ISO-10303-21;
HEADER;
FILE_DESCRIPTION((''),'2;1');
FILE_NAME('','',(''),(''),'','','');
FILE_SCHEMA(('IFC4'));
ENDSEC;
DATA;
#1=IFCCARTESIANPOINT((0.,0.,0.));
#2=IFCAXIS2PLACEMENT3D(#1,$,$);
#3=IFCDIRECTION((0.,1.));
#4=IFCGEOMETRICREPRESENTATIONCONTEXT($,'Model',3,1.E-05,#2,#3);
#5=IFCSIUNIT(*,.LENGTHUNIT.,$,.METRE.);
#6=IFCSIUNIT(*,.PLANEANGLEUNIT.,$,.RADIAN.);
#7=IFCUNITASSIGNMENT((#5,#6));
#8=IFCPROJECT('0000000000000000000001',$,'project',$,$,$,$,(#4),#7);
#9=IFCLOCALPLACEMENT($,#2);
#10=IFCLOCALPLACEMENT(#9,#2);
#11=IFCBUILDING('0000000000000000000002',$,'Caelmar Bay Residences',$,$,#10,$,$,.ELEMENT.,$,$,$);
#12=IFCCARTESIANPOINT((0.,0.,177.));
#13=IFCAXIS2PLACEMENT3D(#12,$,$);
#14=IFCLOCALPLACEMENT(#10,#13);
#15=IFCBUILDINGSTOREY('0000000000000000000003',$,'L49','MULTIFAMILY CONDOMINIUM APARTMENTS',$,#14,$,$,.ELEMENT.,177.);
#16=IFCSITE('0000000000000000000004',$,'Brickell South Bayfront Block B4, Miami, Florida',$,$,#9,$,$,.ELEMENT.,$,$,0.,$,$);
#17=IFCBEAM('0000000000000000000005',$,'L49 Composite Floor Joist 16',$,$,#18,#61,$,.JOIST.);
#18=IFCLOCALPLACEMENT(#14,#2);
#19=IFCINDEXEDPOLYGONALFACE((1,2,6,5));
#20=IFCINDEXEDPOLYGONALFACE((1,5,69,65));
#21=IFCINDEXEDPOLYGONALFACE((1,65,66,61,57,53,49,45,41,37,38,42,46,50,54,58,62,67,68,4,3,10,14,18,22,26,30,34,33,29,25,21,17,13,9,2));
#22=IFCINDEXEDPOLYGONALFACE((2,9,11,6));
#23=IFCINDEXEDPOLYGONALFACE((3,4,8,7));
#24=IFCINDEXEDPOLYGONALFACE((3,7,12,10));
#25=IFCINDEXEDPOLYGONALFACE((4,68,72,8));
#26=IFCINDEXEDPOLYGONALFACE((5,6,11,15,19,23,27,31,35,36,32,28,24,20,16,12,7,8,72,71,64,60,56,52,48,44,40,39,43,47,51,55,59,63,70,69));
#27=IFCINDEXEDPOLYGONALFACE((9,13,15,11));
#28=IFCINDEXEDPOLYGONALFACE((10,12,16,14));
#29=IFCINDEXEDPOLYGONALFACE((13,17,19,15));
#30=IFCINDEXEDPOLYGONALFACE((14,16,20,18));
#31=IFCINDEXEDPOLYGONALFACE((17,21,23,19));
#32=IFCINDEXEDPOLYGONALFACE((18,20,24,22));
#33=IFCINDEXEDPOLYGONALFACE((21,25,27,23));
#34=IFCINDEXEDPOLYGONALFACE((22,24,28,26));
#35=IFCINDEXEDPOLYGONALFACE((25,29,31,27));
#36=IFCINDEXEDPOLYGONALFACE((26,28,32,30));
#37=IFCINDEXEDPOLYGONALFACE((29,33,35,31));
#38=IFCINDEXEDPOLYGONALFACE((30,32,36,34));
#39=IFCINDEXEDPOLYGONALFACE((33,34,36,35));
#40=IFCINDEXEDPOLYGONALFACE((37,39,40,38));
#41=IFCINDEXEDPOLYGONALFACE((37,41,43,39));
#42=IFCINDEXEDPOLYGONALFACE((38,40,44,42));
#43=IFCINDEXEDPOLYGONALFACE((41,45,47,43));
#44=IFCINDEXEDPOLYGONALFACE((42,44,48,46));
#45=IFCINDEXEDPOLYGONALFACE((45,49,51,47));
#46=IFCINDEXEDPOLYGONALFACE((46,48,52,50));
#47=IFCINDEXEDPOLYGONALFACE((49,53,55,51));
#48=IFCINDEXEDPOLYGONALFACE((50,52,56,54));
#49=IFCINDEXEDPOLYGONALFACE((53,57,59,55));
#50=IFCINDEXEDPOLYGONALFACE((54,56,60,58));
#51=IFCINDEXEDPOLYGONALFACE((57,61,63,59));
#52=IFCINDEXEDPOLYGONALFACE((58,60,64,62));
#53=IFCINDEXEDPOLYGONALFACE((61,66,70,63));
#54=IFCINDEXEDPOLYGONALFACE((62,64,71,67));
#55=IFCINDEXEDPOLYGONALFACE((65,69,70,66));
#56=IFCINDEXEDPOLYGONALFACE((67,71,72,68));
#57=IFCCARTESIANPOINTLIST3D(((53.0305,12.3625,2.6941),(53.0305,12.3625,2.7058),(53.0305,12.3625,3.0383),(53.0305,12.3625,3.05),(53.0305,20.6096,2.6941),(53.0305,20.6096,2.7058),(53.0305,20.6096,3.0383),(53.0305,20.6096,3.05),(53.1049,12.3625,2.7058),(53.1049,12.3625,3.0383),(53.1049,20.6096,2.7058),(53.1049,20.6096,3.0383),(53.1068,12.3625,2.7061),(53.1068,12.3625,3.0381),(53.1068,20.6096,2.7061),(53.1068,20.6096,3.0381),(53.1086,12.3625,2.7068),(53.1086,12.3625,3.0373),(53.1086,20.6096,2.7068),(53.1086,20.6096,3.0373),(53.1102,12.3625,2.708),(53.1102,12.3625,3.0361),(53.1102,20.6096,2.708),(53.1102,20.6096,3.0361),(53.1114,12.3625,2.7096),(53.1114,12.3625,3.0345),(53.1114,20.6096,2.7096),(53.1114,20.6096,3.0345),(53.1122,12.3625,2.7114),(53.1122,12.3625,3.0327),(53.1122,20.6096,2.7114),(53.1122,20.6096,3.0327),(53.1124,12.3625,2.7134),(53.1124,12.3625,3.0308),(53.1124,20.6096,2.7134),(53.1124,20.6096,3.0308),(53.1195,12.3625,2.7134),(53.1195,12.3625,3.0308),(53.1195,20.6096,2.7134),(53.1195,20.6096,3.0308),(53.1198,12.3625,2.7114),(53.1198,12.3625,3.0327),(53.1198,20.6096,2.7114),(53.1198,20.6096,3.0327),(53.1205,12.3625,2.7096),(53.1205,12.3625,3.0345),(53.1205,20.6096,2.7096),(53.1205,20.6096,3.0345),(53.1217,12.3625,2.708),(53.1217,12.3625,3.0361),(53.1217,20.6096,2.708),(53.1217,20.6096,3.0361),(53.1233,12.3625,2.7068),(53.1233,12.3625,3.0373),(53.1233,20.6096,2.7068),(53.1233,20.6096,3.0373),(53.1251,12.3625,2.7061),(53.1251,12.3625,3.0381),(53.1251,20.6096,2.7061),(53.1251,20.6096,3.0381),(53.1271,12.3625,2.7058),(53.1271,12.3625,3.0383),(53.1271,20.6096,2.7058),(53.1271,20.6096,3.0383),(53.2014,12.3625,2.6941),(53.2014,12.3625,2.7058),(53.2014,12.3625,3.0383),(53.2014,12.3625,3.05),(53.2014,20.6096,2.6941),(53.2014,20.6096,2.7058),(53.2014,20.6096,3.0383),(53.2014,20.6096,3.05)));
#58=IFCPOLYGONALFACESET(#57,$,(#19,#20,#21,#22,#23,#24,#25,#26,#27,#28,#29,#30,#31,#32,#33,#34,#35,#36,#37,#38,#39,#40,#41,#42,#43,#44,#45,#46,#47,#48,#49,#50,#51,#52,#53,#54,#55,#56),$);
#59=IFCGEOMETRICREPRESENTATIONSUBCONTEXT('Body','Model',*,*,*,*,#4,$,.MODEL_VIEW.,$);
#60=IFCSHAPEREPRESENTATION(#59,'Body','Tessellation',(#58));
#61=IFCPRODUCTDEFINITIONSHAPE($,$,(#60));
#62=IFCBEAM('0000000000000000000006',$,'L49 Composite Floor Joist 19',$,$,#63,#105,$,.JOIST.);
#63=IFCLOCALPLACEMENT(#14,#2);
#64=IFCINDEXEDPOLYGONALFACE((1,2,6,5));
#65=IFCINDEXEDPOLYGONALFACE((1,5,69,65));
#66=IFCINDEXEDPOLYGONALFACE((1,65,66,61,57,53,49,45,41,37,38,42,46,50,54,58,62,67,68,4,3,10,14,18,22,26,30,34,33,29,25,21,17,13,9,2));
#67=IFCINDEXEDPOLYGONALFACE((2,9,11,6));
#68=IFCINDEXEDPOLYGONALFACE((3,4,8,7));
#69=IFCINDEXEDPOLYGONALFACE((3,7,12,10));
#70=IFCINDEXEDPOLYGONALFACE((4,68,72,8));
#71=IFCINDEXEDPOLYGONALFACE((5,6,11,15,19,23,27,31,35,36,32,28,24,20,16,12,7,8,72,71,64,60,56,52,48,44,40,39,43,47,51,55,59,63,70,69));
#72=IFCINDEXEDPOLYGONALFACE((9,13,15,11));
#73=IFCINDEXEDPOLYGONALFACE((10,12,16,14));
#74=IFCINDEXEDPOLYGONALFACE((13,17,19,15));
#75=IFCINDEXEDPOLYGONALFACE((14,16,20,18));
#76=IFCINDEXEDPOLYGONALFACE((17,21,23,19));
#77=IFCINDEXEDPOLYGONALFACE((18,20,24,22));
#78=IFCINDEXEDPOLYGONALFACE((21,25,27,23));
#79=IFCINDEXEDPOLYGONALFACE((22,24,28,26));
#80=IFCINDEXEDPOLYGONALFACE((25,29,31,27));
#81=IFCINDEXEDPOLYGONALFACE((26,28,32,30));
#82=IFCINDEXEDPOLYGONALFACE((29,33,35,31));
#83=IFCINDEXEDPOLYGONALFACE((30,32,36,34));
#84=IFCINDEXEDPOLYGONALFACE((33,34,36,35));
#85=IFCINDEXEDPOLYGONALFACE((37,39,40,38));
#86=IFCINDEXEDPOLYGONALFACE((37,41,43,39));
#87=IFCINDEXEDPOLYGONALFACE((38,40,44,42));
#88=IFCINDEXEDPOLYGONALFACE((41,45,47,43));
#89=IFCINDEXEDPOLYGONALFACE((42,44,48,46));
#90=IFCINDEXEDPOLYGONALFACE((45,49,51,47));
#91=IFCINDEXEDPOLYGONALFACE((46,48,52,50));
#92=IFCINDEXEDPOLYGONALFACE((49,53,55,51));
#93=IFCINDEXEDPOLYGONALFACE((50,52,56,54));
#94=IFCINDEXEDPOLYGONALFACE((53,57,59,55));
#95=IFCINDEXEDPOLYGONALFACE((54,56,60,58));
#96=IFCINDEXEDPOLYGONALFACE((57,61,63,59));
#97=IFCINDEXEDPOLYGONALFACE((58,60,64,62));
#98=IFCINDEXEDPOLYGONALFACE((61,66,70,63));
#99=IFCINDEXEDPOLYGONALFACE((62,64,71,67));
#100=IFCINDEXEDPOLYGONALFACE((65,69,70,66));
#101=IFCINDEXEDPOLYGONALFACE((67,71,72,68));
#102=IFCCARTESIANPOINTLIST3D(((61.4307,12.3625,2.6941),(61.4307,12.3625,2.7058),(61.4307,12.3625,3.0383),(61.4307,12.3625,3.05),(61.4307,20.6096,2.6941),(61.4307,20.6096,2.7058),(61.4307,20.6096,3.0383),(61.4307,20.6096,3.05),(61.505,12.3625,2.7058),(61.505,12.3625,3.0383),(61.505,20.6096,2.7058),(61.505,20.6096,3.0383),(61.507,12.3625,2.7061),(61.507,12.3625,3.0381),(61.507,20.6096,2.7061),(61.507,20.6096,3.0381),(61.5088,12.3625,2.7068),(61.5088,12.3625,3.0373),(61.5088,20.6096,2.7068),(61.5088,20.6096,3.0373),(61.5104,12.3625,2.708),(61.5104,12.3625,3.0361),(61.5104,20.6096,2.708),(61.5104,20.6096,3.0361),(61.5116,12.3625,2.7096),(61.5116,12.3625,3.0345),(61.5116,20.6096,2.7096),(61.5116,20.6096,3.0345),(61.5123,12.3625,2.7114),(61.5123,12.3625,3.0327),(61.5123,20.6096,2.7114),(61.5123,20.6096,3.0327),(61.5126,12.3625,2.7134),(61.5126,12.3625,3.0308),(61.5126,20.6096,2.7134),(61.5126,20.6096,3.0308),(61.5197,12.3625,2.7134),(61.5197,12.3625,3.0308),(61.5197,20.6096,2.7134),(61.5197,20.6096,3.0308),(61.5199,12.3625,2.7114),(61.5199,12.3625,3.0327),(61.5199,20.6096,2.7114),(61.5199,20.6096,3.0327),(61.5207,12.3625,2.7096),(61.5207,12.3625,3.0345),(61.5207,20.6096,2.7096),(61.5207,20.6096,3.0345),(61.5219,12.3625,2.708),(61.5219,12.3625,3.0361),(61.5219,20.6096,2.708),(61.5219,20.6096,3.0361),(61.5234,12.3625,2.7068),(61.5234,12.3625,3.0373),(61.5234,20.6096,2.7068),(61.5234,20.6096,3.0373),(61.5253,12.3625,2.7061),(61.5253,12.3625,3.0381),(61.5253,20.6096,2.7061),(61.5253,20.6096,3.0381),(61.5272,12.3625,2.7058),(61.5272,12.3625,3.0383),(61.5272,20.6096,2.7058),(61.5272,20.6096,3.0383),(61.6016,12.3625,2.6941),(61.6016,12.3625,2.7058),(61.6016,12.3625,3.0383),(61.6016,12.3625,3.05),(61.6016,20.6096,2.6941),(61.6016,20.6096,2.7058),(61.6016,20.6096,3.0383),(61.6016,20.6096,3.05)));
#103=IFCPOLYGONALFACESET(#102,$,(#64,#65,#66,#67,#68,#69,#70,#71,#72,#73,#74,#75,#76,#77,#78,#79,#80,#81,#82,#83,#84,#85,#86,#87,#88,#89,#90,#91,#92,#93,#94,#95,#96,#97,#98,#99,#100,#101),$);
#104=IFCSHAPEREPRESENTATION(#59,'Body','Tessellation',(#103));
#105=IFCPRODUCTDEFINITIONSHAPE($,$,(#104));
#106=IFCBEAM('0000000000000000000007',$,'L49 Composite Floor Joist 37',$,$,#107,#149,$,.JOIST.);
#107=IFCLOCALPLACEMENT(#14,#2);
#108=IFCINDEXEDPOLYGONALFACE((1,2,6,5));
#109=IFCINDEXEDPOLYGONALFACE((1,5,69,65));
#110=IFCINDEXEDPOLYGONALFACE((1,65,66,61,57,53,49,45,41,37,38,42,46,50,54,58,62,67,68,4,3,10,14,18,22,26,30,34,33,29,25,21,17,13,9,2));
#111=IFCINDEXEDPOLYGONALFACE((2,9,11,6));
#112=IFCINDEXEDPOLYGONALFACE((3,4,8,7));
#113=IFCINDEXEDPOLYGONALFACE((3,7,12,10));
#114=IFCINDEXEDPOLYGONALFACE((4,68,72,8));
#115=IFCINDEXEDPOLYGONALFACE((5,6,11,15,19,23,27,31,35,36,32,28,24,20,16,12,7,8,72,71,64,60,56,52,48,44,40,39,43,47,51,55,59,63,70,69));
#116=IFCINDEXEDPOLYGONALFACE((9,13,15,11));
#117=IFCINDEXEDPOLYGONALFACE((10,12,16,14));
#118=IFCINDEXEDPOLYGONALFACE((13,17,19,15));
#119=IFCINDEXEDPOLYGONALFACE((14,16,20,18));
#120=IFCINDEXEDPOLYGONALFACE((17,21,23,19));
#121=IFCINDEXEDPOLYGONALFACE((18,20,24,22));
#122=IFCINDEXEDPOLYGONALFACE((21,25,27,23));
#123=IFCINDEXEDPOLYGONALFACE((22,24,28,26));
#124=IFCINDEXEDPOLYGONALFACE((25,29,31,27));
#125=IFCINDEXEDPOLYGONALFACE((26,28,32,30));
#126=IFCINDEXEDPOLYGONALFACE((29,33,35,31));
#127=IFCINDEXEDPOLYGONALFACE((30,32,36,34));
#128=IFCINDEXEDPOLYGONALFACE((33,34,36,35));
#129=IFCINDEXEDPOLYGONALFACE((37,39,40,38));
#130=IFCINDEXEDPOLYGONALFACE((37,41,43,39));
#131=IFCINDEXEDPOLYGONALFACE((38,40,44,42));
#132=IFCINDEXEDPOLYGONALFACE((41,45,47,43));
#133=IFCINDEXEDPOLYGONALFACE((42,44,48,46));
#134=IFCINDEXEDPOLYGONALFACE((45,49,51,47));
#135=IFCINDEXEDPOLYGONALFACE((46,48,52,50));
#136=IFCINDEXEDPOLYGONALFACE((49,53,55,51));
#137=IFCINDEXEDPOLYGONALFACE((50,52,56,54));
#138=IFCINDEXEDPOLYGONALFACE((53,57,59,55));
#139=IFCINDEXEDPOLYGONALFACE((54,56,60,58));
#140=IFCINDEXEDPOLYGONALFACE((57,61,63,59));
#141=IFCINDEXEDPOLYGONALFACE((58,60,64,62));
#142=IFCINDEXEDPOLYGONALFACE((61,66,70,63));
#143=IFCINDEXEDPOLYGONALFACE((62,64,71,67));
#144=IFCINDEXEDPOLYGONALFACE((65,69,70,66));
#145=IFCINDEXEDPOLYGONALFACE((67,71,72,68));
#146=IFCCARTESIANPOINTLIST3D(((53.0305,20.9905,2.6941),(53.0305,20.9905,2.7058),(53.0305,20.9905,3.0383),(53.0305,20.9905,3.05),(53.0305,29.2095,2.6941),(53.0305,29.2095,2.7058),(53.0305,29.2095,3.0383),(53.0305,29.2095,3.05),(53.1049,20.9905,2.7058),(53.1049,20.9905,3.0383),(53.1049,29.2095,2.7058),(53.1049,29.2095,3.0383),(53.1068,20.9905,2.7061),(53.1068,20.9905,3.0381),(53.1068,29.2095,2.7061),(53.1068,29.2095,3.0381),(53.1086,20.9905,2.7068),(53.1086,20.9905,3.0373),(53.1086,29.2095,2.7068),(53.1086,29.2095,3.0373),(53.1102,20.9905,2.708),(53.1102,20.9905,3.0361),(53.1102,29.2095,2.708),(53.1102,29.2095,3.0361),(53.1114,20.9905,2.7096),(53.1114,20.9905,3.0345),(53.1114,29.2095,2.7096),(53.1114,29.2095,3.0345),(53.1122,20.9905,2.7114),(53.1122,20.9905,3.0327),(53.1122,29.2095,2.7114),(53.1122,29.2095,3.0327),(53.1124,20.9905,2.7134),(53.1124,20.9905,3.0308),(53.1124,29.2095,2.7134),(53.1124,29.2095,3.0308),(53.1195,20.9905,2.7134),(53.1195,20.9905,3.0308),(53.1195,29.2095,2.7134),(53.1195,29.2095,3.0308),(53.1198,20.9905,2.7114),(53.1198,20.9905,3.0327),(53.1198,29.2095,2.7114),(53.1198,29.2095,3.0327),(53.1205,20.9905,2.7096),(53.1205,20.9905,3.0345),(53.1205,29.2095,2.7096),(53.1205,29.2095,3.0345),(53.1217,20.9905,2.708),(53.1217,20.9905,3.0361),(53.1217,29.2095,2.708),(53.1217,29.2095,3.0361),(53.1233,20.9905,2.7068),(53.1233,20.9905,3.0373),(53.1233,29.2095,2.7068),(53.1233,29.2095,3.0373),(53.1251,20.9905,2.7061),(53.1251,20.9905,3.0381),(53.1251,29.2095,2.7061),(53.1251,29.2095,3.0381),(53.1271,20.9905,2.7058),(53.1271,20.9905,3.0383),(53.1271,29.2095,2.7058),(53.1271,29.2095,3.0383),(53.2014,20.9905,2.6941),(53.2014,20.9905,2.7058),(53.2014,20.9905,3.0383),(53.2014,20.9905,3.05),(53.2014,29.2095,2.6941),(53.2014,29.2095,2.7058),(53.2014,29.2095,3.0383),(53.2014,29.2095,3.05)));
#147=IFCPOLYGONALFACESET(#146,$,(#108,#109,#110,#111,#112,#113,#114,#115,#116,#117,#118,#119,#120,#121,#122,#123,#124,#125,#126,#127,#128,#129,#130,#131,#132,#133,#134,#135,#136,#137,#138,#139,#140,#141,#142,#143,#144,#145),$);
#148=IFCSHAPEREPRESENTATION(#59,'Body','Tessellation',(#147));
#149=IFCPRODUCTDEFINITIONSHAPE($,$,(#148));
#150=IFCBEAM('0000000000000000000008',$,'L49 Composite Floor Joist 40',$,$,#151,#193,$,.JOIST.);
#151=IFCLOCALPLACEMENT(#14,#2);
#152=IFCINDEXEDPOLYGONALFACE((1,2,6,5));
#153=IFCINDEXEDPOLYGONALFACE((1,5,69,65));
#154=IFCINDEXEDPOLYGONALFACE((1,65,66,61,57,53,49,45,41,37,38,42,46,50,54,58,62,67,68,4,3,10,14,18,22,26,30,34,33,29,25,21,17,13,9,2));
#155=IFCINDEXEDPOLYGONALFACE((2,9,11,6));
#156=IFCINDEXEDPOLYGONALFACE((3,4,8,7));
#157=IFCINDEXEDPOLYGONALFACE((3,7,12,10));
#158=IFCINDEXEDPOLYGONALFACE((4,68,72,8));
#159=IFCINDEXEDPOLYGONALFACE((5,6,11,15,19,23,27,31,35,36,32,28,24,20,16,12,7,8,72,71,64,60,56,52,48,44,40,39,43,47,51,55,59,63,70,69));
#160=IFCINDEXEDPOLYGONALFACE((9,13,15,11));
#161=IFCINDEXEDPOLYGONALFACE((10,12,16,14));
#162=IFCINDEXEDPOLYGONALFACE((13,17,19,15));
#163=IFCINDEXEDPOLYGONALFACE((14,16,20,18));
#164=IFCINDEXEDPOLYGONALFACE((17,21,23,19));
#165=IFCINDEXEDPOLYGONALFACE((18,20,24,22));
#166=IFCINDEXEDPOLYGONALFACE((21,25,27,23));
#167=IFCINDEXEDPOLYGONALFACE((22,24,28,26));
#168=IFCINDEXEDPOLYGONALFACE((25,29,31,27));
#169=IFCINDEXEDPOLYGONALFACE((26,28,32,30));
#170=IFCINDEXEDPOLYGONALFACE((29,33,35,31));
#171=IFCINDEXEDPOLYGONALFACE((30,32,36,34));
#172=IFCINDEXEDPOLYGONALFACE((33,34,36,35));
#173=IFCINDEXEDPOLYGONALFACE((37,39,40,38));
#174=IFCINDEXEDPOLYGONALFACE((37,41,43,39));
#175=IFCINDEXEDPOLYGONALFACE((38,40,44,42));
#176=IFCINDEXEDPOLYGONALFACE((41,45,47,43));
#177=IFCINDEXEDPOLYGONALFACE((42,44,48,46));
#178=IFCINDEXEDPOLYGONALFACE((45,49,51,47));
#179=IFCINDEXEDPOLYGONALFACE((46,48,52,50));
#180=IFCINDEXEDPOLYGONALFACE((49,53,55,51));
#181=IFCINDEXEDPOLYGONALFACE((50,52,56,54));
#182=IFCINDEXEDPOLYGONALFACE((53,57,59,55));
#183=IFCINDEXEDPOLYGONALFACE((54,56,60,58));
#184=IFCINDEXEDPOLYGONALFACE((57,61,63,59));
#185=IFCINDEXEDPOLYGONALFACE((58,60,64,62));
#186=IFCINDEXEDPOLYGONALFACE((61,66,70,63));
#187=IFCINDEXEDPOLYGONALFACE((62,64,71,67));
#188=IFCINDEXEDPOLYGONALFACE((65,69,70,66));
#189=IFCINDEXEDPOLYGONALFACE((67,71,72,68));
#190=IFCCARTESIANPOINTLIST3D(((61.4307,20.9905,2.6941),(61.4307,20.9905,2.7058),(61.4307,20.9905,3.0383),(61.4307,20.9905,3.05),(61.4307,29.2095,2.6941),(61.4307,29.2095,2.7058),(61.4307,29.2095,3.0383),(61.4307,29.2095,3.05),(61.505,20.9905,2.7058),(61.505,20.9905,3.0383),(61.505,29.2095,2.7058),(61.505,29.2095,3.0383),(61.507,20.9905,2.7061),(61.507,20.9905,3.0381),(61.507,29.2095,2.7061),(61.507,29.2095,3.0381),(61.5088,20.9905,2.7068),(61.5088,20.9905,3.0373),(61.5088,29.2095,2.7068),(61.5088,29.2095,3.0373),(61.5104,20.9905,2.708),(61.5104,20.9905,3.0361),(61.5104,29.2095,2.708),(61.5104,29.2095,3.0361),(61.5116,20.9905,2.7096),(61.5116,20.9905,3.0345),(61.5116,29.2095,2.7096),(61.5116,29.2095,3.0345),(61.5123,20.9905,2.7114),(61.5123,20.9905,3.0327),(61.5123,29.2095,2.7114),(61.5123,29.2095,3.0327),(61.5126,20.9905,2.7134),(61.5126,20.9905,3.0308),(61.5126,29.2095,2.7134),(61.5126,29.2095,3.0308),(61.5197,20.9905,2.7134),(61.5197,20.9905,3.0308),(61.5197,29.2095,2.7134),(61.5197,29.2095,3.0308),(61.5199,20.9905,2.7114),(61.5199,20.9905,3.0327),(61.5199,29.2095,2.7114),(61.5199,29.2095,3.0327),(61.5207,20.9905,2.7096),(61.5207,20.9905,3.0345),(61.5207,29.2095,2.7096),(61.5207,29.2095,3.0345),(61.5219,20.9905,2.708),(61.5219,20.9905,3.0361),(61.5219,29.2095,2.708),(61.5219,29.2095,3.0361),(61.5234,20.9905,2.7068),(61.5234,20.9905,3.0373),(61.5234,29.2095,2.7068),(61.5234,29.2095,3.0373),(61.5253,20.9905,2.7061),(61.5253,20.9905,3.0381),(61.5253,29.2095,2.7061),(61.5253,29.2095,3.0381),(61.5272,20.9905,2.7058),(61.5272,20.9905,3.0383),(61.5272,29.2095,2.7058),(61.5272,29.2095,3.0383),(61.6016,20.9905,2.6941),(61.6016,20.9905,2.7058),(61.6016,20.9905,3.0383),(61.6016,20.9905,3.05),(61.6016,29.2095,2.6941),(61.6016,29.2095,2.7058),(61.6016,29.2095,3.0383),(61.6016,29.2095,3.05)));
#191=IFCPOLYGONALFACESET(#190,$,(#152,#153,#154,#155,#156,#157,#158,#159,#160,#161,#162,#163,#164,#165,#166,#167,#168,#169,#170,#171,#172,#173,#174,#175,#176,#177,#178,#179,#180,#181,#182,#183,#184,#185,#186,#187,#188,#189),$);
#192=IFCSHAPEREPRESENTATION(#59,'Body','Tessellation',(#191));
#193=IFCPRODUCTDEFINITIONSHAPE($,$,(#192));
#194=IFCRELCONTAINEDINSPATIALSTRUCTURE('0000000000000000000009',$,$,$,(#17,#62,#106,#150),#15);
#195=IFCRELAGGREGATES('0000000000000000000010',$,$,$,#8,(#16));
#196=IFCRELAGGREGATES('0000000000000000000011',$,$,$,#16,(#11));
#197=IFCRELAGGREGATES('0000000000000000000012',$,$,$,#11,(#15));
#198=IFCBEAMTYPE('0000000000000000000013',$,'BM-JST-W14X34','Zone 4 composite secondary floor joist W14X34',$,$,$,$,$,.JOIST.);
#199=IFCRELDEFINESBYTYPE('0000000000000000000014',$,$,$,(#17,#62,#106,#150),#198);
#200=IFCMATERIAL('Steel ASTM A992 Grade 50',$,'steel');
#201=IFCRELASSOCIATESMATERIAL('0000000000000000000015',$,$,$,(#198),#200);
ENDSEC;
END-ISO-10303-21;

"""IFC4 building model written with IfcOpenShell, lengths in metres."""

from ifc_helpers import new_model, si_unit, direction, frame, origin, origin_2d, place, context, subcontext, project, spatial, i_section, extrude, material, material_profile, profile_set, type_object, element, save


model = new_model("IFC4")

# Units and contexts
model_context = context("Model", 3, precision=1e-05, world=origin(), true_north=direction((0.0, 1.0)))
body_context = subcontext(model_context, "Body", "Model", "MODEL_VIEW")
ifc_project = project(units=[si_unit("LENGTHUNIT", "METRE"), si_unit("PLANEANGLEUNIT", "RADIAN")], contexts=[model_context])

# Site, building, storey
site_placement = place(None, origin())
site = spatial("IfcSite", under=ifc_project, at=site_placement, Name="Brickell South Bayfront Block B4, Miami, Florida", CompositionType="ELEMENT", RefElevation=0.0)
building_placement = place(site_placement, origin())
building = spatial("IfcBuilding", under=site, at=building_placement, Name="Caelmar Bay Residences", CompositionType="ELEMENT")
storey_placement = place(building_placement, frame((0.0, 0.0, 177.0)))
storey = spatial("IfcBuildingStorey", under=building, at=storey_placement, Name="L49", Description="MULTIFAMILY CONDOMINIUM APARTMENTS", CompositionType="ELEMENT", Elevation=177.0)

# Beams
ifc_material_1 = material(Name="Steel ASTM A992 Grade 50", Category="steel")
ifc_material_profile_1 = material_profile(ifc_material_1, i_section(OverallWidth=0.1709, OverallDepth=0.356, WebThickness=0.0071, FlangeThickness=0.0117, FilletRadius=0.0076, at=origin_2d()), Name="W14X34")
ifc_profile_set_1 = profile_set([ifc_material_profile_1], Name="Steel ASTM A992 Grade 50")
beam_type_1 = type_object("IfcBeamType", Name="BM-JST-W14X34", Description="Zone 4 composite secondary floor joist W14X34", PredefinedType="JOIST", material=ifc_profile_set_1)
for number, where, z_axis, x_axis, name in (
    (1, (53.116, 12.3625, 2.8721), (0.0, 1.0, 0.0), (-1.0, 0.0, 0.0), "L49 Composite Floor Joist 16"),
    (2, (61.5161, 12.3625, 2.8721), (0.0, 1.0, 0.0), (-1.0, 0.0, 0.0), "L49 Composite Floor Joist 19"),
):
    element("IfcBeam", number, at=place(storey_placement, frame(where, z_axis=z_axis, x_axis=x_axis)), inside=storey, type_object=beam_type_1, Name=name, PredefinedType="JOIST", context=body_context, shape_type="SweptSolid", body=[
        extrude(i_section(OverallWidth=0.1709, OverallDepth=0.356, WebThickness=0.0071, FlangeThickness=0.0117, FilletRadius=0.0076, at=origin_2d()), origin(), (0.0, 0.0, 1.0), 8.2471),
    ])
for number, where, z_axis, x_axis, name in (
    (3, (53.116, 20.9905, 2.8721), (0.0, 1.0, 0.0), (-1.0, 0.0, 0.0), "L49 Composite Floor Joist 37"),
    (4, (61.5161, 20.9905, 2.8721), (0.0, 1.0, 0.0), (-1.0, 0.0, 0.0), "L49 Composite Floor Joist 40"),
):
    element("IfcBeam", number, at=place(storey_placement, frame(where, z_axis=z_axis, x_axis=x_axis)), inside=storey, type_object=beam_type_1, Name=name, PredefinedType="JOIST", context=body_context, shape_type="SweptSolid", body=[
        extrude(i_section(OverallWidth=0.1709, OverallDepth=0.356, WebThickness=0.0071, FlangeThickness=0.0117, FilletRadius=0.0076, at=origin_2d()), origin(), (0.0, 0.0, 1.0), 8.219),
    ])

save(model, "model.ifc")
